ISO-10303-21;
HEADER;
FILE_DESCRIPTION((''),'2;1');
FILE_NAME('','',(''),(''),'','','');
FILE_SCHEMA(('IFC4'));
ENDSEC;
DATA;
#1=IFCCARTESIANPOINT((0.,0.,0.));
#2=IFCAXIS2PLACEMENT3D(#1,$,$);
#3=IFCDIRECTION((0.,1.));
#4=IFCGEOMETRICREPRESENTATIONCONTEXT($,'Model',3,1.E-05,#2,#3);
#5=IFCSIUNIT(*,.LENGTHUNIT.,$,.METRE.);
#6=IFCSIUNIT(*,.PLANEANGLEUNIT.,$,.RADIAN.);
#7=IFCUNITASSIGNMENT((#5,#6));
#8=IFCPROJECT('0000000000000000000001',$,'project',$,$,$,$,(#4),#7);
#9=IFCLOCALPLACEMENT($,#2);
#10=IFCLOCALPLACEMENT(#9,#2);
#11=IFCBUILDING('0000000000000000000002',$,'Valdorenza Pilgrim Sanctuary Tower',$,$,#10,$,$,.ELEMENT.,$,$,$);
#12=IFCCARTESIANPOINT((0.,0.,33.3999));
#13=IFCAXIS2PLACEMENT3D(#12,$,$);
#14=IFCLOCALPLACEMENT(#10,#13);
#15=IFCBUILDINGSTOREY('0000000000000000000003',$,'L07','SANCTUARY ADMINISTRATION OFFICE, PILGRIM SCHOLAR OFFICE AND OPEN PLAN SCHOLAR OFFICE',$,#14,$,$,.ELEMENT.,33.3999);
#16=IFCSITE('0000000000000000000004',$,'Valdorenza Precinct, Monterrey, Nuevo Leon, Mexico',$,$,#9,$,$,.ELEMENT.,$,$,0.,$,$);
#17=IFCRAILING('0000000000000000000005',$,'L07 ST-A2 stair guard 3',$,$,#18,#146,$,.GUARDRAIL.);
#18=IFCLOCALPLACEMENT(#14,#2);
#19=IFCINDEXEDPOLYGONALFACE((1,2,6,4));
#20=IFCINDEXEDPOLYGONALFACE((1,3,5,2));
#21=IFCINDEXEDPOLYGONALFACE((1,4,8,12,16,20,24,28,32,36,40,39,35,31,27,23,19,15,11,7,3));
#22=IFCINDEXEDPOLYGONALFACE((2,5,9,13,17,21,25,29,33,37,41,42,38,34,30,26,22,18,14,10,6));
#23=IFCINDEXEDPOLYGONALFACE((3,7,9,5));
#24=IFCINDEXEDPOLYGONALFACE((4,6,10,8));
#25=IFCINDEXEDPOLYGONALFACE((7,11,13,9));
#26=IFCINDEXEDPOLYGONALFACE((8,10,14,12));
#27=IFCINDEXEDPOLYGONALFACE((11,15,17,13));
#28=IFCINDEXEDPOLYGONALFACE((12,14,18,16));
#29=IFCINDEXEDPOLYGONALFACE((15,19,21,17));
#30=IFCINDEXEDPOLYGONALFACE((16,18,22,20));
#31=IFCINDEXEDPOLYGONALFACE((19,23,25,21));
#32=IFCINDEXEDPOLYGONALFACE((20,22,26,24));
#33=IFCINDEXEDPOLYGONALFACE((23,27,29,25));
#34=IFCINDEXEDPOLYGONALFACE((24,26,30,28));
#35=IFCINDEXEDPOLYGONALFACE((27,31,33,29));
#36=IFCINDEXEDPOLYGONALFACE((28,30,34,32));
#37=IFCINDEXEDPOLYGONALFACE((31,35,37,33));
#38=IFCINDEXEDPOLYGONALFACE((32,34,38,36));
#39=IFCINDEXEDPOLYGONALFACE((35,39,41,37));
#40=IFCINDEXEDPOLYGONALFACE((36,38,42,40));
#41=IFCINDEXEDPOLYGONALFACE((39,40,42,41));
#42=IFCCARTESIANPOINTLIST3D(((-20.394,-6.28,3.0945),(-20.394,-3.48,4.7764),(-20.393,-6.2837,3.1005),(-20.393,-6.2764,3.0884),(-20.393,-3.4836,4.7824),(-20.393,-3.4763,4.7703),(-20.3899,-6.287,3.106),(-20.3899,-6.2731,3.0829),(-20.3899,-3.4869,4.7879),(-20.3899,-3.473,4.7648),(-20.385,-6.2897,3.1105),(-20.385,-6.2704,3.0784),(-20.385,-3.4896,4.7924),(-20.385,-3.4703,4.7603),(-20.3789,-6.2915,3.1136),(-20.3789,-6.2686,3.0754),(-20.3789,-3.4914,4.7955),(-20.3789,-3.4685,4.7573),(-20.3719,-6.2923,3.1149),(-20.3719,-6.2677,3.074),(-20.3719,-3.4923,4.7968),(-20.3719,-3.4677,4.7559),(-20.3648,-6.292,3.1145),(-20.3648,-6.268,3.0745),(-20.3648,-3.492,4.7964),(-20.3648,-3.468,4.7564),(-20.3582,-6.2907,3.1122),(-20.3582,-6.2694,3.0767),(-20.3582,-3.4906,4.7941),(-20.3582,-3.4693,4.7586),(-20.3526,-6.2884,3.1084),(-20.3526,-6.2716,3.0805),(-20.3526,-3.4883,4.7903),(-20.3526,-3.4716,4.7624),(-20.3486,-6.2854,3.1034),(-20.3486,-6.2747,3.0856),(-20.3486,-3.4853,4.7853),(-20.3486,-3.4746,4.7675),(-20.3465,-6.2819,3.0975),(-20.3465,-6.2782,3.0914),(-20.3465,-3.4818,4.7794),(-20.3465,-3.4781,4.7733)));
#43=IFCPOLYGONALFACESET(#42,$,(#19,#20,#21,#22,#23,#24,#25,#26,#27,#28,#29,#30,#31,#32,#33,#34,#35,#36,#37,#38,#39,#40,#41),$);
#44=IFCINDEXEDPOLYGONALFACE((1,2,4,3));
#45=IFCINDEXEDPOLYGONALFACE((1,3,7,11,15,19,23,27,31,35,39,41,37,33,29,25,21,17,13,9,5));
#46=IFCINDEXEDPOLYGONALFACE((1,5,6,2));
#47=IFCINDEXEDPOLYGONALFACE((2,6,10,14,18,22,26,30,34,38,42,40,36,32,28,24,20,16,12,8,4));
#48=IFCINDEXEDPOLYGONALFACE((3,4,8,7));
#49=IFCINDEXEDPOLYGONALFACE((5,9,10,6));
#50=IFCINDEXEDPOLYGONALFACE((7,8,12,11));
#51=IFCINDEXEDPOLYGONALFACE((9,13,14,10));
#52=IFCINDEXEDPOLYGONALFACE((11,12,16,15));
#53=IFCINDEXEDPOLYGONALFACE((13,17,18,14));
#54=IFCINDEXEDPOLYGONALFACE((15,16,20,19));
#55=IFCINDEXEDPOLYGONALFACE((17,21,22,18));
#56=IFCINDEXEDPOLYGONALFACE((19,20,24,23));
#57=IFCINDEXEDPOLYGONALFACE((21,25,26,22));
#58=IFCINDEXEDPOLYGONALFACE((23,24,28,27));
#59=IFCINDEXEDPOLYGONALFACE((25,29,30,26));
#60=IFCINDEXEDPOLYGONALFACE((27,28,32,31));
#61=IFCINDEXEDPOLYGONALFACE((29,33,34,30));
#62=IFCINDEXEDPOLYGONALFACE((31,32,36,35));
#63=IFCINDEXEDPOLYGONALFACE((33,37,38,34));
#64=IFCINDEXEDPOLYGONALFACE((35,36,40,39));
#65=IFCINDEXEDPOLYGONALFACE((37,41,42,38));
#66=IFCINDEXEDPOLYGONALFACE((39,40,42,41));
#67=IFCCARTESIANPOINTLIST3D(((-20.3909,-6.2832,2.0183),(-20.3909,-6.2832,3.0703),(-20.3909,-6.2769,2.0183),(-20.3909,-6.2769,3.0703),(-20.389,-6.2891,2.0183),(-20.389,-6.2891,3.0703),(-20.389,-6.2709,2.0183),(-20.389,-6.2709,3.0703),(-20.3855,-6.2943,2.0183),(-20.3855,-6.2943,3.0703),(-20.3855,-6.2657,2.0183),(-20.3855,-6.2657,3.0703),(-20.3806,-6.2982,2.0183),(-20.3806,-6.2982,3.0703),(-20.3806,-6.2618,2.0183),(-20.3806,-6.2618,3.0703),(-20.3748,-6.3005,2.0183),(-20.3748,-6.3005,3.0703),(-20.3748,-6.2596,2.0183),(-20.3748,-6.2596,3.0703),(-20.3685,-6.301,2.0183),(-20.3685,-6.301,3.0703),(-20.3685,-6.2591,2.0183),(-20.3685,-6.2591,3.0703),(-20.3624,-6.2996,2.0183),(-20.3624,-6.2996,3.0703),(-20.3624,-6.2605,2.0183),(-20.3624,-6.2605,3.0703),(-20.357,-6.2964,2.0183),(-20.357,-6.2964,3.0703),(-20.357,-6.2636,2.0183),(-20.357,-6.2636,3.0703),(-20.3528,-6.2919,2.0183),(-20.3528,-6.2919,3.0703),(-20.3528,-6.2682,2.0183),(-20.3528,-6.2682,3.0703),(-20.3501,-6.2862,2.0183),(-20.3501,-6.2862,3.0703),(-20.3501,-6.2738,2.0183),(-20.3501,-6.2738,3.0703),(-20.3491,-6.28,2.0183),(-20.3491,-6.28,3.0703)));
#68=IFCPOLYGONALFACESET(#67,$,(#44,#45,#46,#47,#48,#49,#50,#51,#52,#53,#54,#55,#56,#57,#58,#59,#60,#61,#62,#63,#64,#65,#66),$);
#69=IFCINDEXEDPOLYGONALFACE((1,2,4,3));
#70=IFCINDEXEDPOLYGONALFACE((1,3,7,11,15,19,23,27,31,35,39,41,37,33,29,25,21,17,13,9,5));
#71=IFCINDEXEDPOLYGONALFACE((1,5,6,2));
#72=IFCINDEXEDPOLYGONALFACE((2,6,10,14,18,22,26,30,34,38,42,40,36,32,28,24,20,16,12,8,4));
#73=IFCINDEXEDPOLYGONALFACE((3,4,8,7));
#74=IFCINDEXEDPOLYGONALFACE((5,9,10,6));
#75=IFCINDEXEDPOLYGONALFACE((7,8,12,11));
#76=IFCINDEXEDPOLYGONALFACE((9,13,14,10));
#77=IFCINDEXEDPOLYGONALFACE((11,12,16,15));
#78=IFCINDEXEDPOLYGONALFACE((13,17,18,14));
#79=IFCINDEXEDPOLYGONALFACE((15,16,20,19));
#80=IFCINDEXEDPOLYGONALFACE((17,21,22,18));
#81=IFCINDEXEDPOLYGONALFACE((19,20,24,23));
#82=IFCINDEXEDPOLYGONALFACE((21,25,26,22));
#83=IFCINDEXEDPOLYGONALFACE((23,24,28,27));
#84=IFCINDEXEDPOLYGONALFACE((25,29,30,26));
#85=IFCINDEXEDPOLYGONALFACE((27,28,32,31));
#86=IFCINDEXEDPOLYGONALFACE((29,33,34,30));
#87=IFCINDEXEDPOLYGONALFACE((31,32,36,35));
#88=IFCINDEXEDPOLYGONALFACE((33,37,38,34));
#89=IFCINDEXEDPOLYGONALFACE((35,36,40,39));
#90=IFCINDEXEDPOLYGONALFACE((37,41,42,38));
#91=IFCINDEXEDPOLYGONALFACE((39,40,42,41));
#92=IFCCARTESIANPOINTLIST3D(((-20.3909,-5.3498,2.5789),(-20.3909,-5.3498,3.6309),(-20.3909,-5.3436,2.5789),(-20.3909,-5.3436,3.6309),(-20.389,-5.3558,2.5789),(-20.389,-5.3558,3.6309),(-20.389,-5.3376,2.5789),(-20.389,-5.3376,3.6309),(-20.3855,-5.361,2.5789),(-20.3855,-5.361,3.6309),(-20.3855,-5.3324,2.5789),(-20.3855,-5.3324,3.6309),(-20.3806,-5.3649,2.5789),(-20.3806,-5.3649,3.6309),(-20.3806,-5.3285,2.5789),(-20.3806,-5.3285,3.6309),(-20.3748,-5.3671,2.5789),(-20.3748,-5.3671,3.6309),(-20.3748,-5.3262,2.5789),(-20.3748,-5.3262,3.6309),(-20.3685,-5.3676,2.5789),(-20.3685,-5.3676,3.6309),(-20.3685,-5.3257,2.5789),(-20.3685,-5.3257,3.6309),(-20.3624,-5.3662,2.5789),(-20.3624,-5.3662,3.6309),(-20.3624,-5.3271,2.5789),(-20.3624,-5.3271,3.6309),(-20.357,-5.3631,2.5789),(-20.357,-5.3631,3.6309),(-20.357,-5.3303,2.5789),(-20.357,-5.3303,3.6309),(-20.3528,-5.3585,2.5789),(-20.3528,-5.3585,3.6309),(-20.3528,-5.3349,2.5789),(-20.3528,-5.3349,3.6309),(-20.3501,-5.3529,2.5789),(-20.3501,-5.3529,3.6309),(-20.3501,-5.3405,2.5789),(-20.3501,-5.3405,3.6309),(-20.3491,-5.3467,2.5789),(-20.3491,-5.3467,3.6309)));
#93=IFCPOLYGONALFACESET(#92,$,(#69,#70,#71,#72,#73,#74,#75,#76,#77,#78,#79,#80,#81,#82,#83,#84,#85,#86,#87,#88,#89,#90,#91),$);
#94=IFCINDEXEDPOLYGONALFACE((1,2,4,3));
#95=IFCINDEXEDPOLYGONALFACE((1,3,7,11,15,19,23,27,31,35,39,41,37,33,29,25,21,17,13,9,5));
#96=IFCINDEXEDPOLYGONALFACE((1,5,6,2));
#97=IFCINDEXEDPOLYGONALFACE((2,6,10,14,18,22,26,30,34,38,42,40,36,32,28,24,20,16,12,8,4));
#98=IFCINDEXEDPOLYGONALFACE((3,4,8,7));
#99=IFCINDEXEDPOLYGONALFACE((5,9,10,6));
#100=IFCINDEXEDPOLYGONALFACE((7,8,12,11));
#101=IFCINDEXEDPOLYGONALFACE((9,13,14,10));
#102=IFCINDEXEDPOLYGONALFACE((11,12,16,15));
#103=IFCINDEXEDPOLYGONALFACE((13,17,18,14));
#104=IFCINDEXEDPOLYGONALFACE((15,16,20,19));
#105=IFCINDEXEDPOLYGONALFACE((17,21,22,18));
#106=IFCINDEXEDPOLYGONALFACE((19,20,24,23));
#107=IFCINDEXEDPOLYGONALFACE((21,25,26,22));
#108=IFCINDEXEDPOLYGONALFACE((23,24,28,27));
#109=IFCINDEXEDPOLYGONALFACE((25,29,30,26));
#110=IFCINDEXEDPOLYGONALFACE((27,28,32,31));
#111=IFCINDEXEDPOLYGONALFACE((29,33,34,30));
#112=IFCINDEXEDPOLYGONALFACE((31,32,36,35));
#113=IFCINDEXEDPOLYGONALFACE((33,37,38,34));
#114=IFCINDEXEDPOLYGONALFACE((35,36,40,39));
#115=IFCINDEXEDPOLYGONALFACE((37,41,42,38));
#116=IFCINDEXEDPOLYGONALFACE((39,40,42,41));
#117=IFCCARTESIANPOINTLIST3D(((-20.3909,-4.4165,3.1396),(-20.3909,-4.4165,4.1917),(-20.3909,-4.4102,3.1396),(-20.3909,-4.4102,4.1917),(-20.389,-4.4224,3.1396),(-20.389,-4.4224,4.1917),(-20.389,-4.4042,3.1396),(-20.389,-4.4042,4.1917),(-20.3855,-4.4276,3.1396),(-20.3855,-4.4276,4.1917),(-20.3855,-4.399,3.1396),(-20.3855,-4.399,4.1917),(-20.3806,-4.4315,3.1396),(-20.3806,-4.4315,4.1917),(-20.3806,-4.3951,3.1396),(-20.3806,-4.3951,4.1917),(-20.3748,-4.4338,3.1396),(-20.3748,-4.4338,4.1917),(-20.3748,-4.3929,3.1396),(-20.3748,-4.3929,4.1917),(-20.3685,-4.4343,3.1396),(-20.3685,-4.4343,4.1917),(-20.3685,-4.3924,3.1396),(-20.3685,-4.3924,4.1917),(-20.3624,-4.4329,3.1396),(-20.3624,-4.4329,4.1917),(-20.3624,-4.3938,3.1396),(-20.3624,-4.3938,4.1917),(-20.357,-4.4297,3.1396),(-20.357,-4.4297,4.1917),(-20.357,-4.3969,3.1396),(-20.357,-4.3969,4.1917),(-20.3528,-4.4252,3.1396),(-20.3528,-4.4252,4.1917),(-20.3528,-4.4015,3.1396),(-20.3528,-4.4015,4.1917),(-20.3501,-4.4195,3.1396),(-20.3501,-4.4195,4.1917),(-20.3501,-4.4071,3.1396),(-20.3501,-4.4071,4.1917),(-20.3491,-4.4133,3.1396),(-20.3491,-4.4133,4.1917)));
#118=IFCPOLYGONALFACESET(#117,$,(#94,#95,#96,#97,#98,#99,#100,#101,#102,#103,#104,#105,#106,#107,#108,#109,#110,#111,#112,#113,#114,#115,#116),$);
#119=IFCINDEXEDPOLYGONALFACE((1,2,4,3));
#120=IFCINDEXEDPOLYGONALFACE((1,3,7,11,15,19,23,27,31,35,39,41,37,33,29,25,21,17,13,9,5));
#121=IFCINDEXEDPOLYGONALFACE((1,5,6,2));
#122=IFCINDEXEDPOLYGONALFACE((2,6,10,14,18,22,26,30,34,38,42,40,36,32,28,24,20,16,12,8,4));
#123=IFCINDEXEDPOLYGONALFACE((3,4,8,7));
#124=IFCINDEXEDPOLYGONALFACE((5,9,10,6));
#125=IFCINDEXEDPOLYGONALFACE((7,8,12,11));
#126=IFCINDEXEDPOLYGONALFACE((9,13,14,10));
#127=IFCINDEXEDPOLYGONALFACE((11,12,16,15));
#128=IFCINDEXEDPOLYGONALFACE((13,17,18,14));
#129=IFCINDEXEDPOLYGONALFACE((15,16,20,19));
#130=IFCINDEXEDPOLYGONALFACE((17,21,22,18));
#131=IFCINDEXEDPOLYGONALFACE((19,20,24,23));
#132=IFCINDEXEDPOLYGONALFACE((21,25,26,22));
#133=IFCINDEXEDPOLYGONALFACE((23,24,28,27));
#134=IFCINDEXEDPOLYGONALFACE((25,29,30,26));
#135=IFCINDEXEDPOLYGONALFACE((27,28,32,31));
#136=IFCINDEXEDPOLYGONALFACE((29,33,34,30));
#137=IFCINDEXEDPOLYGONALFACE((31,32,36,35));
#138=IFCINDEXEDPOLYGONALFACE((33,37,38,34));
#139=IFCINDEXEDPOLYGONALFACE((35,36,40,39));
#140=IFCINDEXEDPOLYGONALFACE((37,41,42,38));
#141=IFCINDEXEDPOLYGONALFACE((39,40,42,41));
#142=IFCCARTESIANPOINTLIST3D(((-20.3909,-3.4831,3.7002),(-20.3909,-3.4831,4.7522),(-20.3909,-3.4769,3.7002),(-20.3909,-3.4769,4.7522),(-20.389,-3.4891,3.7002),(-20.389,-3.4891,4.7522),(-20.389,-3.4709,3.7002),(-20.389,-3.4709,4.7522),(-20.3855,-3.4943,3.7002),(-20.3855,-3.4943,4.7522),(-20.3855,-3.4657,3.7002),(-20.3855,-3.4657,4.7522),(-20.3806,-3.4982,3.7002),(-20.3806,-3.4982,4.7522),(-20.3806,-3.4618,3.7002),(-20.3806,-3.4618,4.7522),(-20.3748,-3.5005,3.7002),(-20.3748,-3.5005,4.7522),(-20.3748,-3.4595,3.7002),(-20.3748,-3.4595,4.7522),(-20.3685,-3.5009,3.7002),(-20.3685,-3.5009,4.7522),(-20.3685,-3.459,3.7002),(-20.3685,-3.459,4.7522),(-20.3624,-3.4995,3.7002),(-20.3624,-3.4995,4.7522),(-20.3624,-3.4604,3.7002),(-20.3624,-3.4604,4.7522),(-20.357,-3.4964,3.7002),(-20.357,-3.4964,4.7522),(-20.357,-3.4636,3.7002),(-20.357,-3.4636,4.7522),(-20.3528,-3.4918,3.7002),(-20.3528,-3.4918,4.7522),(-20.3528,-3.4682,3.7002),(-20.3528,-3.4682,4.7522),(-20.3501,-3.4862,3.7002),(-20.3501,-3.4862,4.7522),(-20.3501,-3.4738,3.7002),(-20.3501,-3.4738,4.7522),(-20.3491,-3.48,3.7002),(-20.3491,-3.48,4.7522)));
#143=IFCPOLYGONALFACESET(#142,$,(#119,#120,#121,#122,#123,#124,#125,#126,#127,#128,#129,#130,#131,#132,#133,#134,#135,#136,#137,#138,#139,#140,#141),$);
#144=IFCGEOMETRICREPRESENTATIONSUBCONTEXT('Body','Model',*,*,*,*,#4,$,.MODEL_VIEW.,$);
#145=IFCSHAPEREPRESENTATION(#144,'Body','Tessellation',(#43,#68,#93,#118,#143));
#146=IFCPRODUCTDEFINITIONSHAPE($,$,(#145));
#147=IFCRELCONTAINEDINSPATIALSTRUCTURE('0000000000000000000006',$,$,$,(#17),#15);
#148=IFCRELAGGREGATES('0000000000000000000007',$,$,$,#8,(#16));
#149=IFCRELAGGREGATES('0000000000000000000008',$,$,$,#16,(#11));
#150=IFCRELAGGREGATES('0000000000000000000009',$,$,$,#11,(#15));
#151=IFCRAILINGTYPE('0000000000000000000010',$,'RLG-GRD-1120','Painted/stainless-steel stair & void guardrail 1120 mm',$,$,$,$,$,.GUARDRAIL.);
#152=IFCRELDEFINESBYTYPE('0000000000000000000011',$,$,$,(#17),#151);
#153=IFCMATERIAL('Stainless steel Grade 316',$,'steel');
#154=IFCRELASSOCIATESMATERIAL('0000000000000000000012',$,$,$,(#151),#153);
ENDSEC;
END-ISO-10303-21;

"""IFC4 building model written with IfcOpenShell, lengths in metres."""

from ifc_helpers import new_model, si_unit, direction, frame, origin, origin_2d, place, context, subcontext, project, spatial, circle, extrude, material, type_object, element, save


model = new_model("IFC4")

# Units and contexts
model_context = context("Model", 3, precision=1e-05, world=origin(), true_north=direction((0.0, 1.0)))
body_context = subcontext(model_context, "Body", "Model", "MODEL_VIEW")
ifc_project = project(units=[si_unit("LENGTHUNIT", "METRE"), si_unit("PLANEANGLEUNIT", "RADIAN")], contexts=[model_context])

# Site, building, storey
site_placement = place(None, origin())
site = spatial("IfcSite", under=ifc_project, at=site_placement, Name="Valdorenza Precinct, Monterrey, Nuevo Leon, Mexico", CompositionType="ELEMENT", RefElevation=0.0)
building_placement = place(site_placement, origin())
building = spatial("IfcBuilding", under=site, at=building_placement, Name="Valdorenza Pilgrim Sanctuary Tower", CompositionType="ELEMENT")
storey_placement = place(building_placement, frame((0.0, 0.0, 33.3999)))
storey = spatial("IfcBuildingStorey", under=building, at=storey_placement, Name="L07", Description="SANCTUARY ADMINISTRATION OFFICE, PILGRIM SCHOLAR OFFICE AND OPEN PLAN SCHOLAR OFFICE", CompositionType="ELEMENT", Elevation=33.3999)

# Railing
ifc_material_1 = material(Name="Stainless steel Grade 316", Category="steel")
railing_type_1 = type_object("IfcRailingType", Name="RLG-GRD-1120", Description="Painted/stainless-steel stair & void guardrail 1120 mm", PredefinedType="GUARDRAIL", material=ifc_material_1)
railing_1_placement = place(storey_placement, frame((-20.3701, -6.28, 2.0183)))
element("IfcRailing", 1, at=railing_1_placement, inside=storey, type_object=railing_type_1, Name="L07 ST-A2 stair guard 3", PredefinedType="GUARDRAIL", context=body_context, shape_type="SweptSolid", body=[
    extrude(circle(Radius=0.0239, at=origin_2d()), frame((0.0, 0.0, 1.0762), z_axis=(0.0, 0.857242, 0.514913), x_axis=(-1.0, 0.0, 0.0)), (0.0, 0.0, 1.0), 3.2664),
    extrude(circle(Radius=0.021, at=origin_2d()), origin(), (0.0, 0.0, 1.0), 1.052),
    extrude(circle(Radius=0.021, at=origin_2d()), frame((0.0, 0.9333, 0.5605)), (0.0, 0.0, 1.0), 1.052),
    extrude(circle(Radius=0.021, at=origin_2d()), frame((0.0, 1.8667, 1.1213)), (0.0, 0.0, 1.0), 1.052),
    extrude(circle(Radius=0.021, at=origin_2d()), frame((0.0, 2.8, 1.6819)), (0.0, 0.0, 1.0), 1.052),
])

save(model, "model.ifc")
